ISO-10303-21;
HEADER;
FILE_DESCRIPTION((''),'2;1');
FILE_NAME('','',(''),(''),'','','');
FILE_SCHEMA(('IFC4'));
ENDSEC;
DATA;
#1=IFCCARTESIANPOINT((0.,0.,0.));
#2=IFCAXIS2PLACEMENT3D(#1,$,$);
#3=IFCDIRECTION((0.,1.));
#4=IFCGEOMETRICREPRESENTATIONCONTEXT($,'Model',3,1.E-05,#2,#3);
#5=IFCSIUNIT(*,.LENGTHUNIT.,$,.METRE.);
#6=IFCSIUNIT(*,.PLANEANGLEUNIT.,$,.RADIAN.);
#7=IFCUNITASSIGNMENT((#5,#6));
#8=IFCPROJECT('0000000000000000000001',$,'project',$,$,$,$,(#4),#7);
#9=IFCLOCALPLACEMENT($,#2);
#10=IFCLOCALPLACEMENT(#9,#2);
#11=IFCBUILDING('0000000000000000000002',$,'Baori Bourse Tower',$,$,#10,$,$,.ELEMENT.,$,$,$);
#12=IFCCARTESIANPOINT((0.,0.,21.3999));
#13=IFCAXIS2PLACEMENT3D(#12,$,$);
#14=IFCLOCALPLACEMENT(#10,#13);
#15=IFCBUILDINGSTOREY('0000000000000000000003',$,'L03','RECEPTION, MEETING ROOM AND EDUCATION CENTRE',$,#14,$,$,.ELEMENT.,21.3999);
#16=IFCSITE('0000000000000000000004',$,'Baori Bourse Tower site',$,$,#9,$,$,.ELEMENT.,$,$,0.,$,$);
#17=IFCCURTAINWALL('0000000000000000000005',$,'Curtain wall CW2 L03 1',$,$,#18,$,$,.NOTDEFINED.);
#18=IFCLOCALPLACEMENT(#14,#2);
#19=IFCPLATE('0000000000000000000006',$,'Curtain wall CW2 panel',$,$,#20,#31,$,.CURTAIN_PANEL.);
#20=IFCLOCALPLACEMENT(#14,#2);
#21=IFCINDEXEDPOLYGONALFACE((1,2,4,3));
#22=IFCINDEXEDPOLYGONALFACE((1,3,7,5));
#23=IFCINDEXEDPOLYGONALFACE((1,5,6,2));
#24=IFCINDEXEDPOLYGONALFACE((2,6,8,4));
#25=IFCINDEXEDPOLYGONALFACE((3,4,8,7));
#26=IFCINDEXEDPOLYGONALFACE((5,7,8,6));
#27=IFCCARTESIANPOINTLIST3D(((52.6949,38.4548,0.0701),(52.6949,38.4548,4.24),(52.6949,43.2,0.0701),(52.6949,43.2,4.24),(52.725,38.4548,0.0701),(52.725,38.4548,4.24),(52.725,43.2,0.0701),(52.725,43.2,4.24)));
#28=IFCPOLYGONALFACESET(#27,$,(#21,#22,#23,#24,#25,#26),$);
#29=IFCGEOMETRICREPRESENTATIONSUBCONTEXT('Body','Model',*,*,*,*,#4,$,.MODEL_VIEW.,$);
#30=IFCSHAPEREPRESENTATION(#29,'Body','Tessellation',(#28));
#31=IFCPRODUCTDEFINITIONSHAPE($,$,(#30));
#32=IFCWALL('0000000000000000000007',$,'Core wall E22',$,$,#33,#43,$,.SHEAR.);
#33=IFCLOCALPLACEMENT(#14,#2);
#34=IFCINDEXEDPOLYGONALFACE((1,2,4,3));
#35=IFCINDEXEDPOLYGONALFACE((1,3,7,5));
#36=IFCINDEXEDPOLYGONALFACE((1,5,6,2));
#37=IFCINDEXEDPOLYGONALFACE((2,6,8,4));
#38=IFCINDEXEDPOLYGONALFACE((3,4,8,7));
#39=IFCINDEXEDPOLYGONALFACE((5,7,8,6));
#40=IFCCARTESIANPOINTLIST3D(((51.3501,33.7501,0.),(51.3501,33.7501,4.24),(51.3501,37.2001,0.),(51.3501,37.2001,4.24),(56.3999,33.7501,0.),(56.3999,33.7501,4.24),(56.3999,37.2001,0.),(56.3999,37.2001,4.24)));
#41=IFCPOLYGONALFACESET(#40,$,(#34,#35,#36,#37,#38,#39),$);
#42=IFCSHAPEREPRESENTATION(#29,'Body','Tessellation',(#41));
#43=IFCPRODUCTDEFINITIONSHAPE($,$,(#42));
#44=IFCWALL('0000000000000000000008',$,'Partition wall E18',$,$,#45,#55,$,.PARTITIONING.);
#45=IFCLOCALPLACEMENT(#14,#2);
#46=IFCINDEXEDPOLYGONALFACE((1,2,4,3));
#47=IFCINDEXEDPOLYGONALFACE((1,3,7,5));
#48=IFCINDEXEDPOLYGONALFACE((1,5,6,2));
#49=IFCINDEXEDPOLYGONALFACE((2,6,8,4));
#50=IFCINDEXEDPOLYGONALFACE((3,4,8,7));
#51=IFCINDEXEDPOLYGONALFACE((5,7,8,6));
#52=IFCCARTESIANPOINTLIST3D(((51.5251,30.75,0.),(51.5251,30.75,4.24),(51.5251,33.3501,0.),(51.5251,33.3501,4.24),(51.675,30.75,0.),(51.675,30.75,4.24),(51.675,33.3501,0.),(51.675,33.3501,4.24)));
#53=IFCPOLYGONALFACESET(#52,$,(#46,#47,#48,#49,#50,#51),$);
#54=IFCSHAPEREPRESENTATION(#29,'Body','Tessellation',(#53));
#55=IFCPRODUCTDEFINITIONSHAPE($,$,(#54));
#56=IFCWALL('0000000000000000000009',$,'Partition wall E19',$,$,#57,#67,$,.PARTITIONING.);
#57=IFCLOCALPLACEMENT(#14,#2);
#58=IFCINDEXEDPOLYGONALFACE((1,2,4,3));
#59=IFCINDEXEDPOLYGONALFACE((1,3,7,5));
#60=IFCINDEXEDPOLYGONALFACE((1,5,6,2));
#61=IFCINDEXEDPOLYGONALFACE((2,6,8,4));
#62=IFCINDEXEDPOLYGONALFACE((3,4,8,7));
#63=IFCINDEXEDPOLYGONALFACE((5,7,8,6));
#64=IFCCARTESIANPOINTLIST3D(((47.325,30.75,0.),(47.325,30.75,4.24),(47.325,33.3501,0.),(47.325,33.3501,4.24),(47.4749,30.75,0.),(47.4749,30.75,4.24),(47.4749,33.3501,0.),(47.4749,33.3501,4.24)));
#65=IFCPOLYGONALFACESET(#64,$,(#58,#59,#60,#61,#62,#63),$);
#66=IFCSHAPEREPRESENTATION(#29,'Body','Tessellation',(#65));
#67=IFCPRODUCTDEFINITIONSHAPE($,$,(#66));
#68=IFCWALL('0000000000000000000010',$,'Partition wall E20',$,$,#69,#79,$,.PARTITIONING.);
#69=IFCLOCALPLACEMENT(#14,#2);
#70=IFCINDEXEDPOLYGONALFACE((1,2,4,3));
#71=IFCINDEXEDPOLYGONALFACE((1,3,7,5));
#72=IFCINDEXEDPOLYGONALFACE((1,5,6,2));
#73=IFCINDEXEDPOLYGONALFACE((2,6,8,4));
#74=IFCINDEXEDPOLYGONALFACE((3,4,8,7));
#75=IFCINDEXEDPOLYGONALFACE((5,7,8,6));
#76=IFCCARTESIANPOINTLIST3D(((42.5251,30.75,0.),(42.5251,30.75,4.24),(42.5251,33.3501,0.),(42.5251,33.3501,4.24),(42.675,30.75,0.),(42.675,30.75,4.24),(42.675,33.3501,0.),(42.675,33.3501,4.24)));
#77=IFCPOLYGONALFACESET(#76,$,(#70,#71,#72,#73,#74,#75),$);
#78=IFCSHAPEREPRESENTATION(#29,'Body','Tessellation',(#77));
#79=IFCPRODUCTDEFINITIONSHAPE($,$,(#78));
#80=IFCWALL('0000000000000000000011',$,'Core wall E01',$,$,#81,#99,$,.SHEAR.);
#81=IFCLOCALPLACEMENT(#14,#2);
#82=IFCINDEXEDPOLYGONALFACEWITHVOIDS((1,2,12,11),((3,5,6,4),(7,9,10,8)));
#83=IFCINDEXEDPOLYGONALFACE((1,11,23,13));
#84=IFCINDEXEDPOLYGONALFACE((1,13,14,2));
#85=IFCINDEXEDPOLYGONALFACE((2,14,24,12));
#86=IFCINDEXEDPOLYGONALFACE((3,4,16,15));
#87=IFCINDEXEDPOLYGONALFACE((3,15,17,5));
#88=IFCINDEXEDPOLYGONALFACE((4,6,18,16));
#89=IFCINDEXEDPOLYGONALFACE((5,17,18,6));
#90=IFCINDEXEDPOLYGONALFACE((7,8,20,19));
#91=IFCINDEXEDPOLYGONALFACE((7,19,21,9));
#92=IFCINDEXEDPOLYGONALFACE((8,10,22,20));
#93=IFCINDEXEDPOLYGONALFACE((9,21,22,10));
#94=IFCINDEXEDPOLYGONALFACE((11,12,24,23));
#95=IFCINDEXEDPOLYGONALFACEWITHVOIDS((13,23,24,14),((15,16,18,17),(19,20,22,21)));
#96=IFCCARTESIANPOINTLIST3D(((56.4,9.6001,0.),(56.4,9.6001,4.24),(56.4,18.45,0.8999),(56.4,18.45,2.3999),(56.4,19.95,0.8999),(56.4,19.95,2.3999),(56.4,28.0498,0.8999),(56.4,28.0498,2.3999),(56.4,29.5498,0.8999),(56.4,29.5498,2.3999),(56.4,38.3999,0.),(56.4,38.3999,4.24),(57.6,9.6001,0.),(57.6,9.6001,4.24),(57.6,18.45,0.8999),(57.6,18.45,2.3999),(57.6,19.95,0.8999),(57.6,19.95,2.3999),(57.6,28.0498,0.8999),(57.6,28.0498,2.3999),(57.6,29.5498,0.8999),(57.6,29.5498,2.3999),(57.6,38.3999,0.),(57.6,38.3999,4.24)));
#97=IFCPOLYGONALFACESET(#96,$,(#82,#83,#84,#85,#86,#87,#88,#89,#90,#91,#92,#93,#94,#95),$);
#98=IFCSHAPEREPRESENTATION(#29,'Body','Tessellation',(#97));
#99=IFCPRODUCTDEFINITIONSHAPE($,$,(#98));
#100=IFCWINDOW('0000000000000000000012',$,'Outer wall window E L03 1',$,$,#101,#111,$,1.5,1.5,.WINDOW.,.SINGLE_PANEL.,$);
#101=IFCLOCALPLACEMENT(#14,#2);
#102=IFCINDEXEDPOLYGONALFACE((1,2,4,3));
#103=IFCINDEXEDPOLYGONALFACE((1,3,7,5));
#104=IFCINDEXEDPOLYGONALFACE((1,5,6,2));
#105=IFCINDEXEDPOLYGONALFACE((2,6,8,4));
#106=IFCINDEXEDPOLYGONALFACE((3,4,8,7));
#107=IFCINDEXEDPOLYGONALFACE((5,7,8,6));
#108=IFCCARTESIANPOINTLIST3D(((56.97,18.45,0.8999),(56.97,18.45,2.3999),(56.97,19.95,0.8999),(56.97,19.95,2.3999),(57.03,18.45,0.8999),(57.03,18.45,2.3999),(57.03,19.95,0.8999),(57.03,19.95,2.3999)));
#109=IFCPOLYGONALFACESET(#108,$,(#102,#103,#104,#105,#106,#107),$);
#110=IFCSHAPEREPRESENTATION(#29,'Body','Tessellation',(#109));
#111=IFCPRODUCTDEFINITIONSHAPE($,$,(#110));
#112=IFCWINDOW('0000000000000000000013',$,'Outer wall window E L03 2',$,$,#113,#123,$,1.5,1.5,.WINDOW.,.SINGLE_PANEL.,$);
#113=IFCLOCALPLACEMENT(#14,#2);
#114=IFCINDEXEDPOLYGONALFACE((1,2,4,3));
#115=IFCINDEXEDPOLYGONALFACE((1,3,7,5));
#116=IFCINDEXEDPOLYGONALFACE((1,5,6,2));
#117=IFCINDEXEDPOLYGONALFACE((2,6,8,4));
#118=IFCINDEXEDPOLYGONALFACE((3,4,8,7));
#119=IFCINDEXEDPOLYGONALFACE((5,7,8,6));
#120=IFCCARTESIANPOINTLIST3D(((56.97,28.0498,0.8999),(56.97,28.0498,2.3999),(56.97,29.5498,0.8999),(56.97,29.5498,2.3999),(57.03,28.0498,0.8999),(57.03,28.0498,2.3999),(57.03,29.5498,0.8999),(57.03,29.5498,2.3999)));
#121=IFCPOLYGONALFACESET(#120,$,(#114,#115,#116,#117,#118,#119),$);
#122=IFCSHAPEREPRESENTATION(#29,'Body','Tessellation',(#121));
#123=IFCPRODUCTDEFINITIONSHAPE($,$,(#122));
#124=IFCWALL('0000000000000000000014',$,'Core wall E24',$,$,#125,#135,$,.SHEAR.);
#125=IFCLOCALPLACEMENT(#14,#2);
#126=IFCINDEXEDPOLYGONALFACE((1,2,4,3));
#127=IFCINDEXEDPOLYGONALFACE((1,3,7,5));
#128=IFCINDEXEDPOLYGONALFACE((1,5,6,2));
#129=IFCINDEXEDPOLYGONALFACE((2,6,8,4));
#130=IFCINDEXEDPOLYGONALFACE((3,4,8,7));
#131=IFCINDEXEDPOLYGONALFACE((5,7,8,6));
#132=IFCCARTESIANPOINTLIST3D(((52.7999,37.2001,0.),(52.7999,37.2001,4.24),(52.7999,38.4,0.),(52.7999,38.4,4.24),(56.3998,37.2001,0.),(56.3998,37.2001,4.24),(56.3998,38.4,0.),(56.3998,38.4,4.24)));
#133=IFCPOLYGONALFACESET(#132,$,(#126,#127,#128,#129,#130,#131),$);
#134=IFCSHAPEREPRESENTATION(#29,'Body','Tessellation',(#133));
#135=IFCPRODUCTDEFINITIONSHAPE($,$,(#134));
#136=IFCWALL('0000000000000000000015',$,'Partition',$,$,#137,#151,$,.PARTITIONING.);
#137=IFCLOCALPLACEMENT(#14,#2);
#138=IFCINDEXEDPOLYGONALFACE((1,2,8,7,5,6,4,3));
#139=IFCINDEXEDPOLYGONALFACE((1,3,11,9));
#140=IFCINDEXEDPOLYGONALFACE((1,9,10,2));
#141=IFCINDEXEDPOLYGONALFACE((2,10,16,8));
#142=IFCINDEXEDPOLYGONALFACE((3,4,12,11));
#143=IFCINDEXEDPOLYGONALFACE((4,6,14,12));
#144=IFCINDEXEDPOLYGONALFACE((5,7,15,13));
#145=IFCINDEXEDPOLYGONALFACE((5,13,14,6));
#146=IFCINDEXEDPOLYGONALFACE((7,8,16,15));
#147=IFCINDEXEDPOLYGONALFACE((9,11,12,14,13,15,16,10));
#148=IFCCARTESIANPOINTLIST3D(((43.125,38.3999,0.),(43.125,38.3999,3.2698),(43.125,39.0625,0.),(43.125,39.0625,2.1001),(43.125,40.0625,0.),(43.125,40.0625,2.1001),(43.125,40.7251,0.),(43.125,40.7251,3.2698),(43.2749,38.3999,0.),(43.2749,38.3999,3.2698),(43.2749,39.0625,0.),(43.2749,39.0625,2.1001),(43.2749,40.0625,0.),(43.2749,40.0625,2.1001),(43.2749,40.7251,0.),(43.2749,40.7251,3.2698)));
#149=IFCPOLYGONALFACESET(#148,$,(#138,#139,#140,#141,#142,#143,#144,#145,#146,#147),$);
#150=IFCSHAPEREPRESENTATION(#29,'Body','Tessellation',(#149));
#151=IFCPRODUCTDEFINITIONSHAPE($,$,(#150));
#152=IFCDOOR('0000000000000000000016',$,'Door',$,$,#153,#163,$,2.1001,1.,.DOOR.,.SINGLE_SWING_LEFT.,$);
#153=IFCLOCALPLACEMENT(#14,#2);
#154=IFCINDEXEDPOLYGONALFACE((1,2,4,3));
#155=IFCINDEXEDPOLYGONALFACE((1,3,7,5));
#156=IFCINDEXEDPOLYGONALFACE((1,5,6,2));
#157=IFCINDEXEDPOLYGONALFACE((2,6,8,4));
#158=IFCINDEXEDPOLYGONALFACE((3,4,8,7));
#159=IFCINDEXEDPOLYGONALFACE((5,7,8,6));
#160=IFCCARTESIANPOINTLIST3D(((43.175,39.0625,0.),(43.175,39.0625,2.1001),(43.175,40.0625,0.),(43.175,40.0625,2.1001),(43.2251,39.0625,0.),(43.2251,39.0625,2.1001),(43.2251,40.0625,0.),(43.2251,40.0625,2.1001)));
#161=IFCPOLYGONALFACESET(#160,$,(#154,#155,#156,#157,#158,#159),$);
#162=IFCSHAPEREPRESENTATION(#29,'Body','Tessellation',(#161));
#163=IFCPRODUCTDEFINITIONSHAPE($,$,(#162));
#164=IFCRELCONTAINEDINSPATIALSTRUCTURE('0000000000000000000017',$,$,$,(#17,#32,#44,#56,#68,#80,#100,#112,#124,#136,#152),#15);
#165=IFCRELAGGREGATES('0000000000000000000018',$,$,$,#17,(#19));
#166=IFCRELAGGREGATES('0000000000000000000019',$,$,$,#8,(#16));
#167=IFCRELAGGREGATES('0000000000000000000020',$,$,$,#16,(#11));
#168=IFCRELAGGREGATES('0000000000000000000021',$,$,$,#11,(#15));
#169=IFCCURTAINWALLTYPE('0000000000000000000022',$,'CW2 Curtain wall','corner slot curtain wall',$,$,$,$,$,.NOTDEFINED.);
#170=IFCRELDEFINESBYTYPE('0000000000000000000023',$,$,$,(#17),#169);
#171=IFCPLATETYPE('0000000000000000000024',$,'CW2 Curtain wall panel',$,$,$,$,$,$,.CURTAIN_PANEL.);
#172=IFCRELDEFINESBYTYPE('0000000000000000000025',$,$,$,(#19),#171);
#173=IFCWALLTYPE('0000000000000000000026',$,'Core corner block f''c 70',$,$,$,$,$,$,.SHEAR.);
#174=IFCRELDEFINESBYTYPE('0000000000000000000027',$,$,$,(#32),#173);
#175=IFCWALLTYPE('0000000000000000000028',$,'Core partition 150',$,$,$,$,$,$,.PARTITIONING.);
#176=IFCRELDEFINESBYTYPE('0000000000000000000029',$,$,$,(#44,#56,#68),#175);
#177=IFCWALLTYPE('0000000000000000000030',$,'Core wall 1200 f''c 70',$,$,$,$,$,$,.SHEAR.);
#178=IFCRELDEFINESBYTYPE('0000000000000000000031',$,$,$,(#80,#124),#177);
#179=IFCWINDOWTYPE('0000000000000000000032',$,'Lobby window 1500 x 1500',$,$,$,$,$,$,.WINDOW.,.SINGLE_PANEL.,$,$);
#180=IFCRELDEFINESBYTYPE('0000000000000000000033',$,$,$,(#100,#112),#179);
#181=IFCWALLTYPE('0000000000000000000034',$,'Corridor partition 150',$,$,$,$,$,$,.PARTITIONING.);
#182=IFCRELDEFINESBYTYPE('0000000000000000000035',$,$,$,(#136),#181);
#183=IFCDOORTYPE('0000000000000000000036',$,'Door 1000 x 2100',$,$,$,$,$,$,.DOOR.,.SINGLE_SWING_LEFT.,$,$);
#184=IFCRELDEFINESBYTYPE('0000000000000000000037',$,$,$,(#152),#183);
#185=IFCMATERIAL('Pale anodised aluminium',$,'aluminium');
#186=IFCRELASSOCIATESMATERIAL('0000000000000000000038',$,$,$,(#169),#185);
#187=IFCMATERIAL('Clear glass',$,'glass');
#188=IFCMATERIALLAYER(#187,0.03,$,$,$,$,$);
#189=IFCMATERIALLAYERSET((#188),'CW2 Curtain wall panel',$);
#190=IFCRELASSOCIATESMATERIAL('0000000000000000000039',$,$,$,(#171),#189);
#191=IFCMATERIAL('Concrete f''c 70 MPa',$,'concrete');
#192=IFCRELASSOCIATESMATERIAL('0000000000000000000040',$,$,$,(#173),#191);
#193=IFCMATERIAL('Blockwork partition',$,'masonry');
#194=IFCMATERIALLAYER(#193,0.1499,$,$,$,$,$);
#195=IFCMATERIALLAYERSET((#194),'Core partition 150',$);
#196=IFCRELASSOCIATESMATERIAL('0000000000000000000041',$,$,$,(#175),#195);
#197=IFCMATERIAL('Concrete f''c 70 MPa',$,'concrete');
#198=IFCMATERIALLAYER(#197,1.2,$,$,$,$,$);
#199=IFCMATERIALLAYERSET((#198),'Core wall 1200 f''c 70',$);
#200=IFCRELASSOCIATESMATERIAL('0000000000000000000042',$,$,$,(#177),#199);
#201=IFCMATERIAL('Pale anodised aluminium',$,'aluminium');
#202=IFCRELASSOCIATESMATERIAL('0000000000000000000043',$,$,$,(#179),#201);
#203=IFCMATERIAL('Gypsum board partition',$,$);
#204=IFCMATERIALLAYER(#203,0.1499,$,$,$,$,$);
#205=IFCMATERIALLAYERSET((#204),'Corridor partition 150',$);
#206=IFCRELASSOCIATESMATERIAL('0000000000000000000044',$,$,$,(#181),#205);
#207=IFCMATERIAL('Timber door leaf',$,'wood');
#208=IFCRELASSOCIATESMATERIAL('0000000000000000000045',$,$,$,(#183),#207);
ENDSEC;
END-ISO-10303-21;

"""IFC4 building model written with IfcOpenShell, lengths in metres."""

from ifc_helpers import new_model, si_unit, direction, frame, frame_2d, origin, origin_2d, place, context, subcontext, project, spatial, rectangle, extrude, material, layer, layer_set, type_object, element, fill, aggregate, save


model = new_model("IFC4")

# Units and contexts
model_context = context("Model", 3, precision=1e-05, world=origin(), true_north=direction((0.0, 1.0)))
body_context = subcontext(model_context, "Body", "Model", "MODEL_VIEW")
ifc_project = project(units=[si_unit("LENGTHUNIT", "METRE"), si_unit("PLANEANGLEUNIT", "RADIAN")], contexts=[model_context])

# Site, building, storey
site_placement = place(None, origin())
site = spatial("IfcSite", under=ifc_project, at=site_placement, Name="Baori Bourse Tower site", CompositionType="ELEMENT", RefElevation=0.0)
building_placement = place(site_placement, origin())
building = spatial("IfcBuilding", under=site, at=building_placement, Name="Baori Bourse Tower", CompositionType="ELEMENT")
storey_placement = place(building_placement, frame((0.0, 0.0, 21.3999)))
storey = spatial("IfcBuildingStorey", under=building, at=storey_placement, Name="L03", Description="RECEPTION, MEETING ROOM AND EDUCATION CENTRE", CompositionType="ELEMENT", Elevation=21.3999)

# Curtain wall
ifc_material_1 = material(Name="Pale anodised aluminium", Category="aluminium")
curtain_wall_type = type_object("IfcCurtainWallType", Name="CW2 Curtain wall", Description="corner slot curtain wall", PredefinedType="NOTDEFINED", material=ifc_material_1)
curtain_wall_placement = place(storey_placement, origin())
curtain_wall = element("IfcCurtainWall", 1, at=curtain_wall_placement, inside=storey, type_object=curtain_wall_type, Name="Curtain wall CW2 L03 1", PredefinedType="NOTDEFINED")

# Plate
ifc_material_2 = material(Name="Clear glass", Category="glass")
ifc_layer_1 = layer(ifc_material_2, 0.03)
ifc_layer_set_1 = layer_set([ifc_layer_1], Name="CW2 Curtain wall panel")
plate_type = type_object("IfcPlateType", Name="CW2 Curtain wall panel", PredefinedType="CURTAIN_PANEL", material=ifc_layer_set_1)
plate_placement = place(storey_placement, frame((52.71, 40.8274, 0.0701), z_axis=(0.0, 0.0, 1.0), x_axis=(0.0, 1.0, 0.0)))
plate = element("IfcPlate", 2, at=plate_placement, type_object=plate_type, Name="Curtain wall CW2 panel", PredefinedType="CURTAIN_PANEL", context=body_context, shape_type="SweptSolid", body=[
    extrude(rectangle(XDim=4.7451, YDim=0.03, at=origin_2d()), origin(), (0.0, 0.0, 1.0), 4.1699),
])
aggregate(curtain_wall, [plate])

# Walls
ifc_material_3 = material(Name="Concrete f'c 70 MPa", Category="concrete")
wall_type_1 = type_object("IfcWallType", Name="Core corner block f'c 70", PredefinedType="SHEAR", material=ifc_material_3)
wall_1_placement = place(storey_placement, frame((51.3501, 35.4751, 0.0), z_axis=(0.0, 0.0, 1.0), x_axis=(1.0, 0.0, 0.0)))
element("IfcWall", 3, at=wall_1_placement, inside=storey, type_object=wall_type_1, Name="Core wall E22", PredefinedType="SHEAR", context=body_context, shape_type="SweptSolid", body=[
    extrude(rectangle(XDim=5.0498, YDim=3.45, at=frame_2d((2.5249, 0.0))), origin(), (0.0, 0.0, 1.0), 4.24),
])
ifc_material_4 = material(Name="Blockwork partition", Category="masonry")
ifc_layer_2 = layer(ifc_material_4, 0.1499)
ifc_layer_set_2 = layer_set([ifc_layer_2], Name="Core partition 150")
wall_type_2 = type_object("IfcWallType", Name="Core partition 150", PredefinedType="PARTITIONING", material=ifc_layer_set_2)
for number, where, z_axis, x_axis, name in (
    (4, (51.6001, 30.75, 0.0), (0.0, 0.0, 1.0), (0.0, 1.0, 0.0), "Partition wall E18"),
    (5, (47.3999, 30.75, 0.0), (0.0, 0.0, 1.0), (0.0, 1.0, 0.0), "Partition wall E19"),
    (6, (42.6001, 30.75, 0.0), (0.0, 0.0, 1.0), (0.0, 1.0, 0.0), "Partition wall E20"),
):
    element("IfcWall", number, at=place(storey_placement, frame(where, z_axis=z_axis, x_axis=x_axis)), inside=storey, type_object=wall_type_2, Name=name, PredefinedType="PARTITIONING", context=body_context, shape_type="SweptSolid", body=[
        extrude(rectangle(XDim=2.6001, YDim=0.1499, at=frame_2d((1.3, 0.0))), origin(), (0.0, 0.0, 1.0), 4.24),
    ])

# Wall, openings, windows
ifc_material_5 = material(Name="Concrete f'c 70 MPa", Category="concrete")
ifc_layer_3 = layer(ifc_material_5, 1.2)
ifc_layer_set_3 = layer_set([ifc_layer_3], Name="Core wall 1200 f'c 70")
wall_type_3 = type_object("IfcWallType", Name="Core wall 1200 f'c 70", PredefinedType="SHEAR", material=ifc_layer_set_3)
wall_2_placement = place(storey_placement, frame((57.0, 38.3999, 0.0), z_axis=(0.0, 0.0, 1.0), x_axis=(0.0, -1.0, 0.0)))
wall_2 = element("IfcWall", 7, at=wall_2_placement, inside=storey, type_object=wall_type_3, Name="Core wall E01", PredefinedType="SHEAR", context=body_context, shape_type="SweptSolid", body=[
    extrude(rectangle(XDim=28.7998, YDim=1.2, at=frame_2d((14.3999, 0.0))), origin(), (0.0, 0.0, 1.0), 4.24),
])
opening_1_placement = place(wall_2_placement, frame((18.45, 0.0, 0.8999)))
opening_1 = element("IfcOpeningElement", 8, at=opening_1_placement, cuts=wall_2, PredefinedType="OPENING", context=body_context, shape_type="SweptSolid", body=[
    extrude(rectangle(XDim=1.5, YDim=1.5, at=frame_2d((0.75, 0.75))), frame((0.0, 0.6099, 0.0), z_axis=(0.0, -1.0, 0.0), x_axis=(1.0, 0.0, 0.0)), (0.0, 0.0, 1.0), 1.22),
])
opening_2_placement = place(wall_2_placement, frame((8.8501, 0.0, 0.8999)))
opening_2 = element("IfcOpeningElement", 9, at=opening_2_placement, cuts=wall_2, PredefinedType="OPENING", context=body_context, shape_type="SweptSolid", body=[
    extrude(rectangle(XDim=1.5, YDim=1.5, at=frame_2d((0.75, 0.75))), frame((0.0, 0.6099, 0.0), z_axis=(0.0, -1.0, 0.0), x_axis=(1.0, 0.0, 0.0)), (0.0, 0.0, 1.0), 1.22),
])
ifc_material_6 = material(Name="Pale anodised aluminium", Category="aluminium")
window_type = type_object("IfcWindowType", Name="Lobby window 1500 x 1500", PartitioningType="SINGLE_PANEL", PredefinedType="WINDOW", material=ifc_material_6)
window_1_placement = place(opening_1_placement, origin())
window_1 = element("IfcWindow", 10, at=window_1_placement, inside=storey, type_object=window_type, Name="Outer wall window E L03 1", OverallHeight=1.5, OverallWidth=1.5, PartitioningType="SINGLE_PANEL", PredefinedType="WINDOW", context=body_context, shape_type="SweptSolid", body=[
    extrude(rectangle(XDim=1.5, YDim=1.5, at=frame_2d((0.75, 0.75))), frame((0.0, 0.03, 0.0), z_axis=(0.0, -1.0, 0.0), x_axis=(1.0, 0.0, 0.0)), (0.0, 0.0, 1.0), 0.0601),
])
fill(opening_1, window_1)
window_2_placement = place(opening_2_placement, origin())
window_2 = element("IfcWindow", 11, at=window_2_placement, inside=storey, type_object=window_type, Name="Outer wall window E L03 2", OverallHeight=1.5, OverallWidth=1.5, PartitioningType="SINGLE_PANEL", PredefinedType="WINDOW", context=body_context, shape_type="SweptSolid", body=[
    extrude(rectangle(XDim=1.5, YDim=1.5, at=frame_2d((0.75, 0.75))), frame((0.0, 0.03, 0.0), z_axis=(0.0, -1.0, 0.0), x_axis=(1.0, 0.0, 0.0)), (0.0, 0.0, 1.0), 0.0601),
])
fill(opening_2, window_2)

# Wall
wall_3_placement = place(storey_placement, frame((52.8, 37.8, 0.0), z_axis=(0.0, 0.0, 1.0), x_axis=(1.0, 0.0, 0.0)))
element("IfcWall", 12, at=wall_3_placement, inside=storey, type_object=wall_type_3, Name="Core wall E24", PredefinedType="SHEAR", context=body_context, shape_type="SweptSolid", body=[
    extrude(rectangle(XDim=3.5999, YDim=1.2, at=frame_2d((1.7998, 0.0))), origin(), (0.0, 0.0, 1.0), 4.24),
])

# Wall, opening, door
ifc_material_7 = material(Name="Gypsum board partition")
ifc_layer_4 = layer(ifc_material_7, 0.1499)
ifc_layer_set_4 = layer_set([ifc_layer_4], Name="Corridor partition 150")
wall_type_4 = type_object("IfcWallType", Name="Corridor partition 150", PredefinedType="PARTITIONING", material=ifc_layer_set_4)
wall_4_placement = place(storey_placement, frame((43.2, 38.3999, 0.0), z_axis=(0.0, 0.0, 1.0), x_axis=(0.0, 1.0, 0.0)))
wall_4 = element("IfcWall", 13, at=wall_4_placement, inside=storey, type_object=wall_type_4, Name="Partition", PredefinedType="PARTITIONING", context=body_context, shape_type="SweptSolid", body=[
    extrude(rectangle(XDim=2.3252, YDim=0.1499, at=frame_2d((1.1626, 0.0))), origin(), (0.0, 0.0, 1.0), 3.2698),
])
opening_3_placement = place(wall_4_placement, frame((0.6626, 0.0, 0.0)))
opening_3 = element("IfcOpeningElement", 14, at=opening_3_placement, cuts=wall_4, PredefinedType="OPENING", context=body_context, shape_type="SweptSolid", body=[
    extrude(rectangle(XDim=1.0, YDim=2.1001, at=frame_2d((0.5, 1.05))), frame((0.0, 0.085, 0.0), z_axis=(0.0, -1.0, 0.0), x_axis=(1.0, 0.0, 0.0)), (0.0, 0.0, 1.0), 0.1699),
])
ifc_material_8 = material(Name="Timber door leaf", Category="wood")
door_type_1 = type_object("IfcDoorType", Name="Door 1000 x 2100", OperationType="SINGLE_SWING_LEFT", PredefinedType="DOOR", material=ifc_material_8)
door_1_placement = place(opening_3_placement, origin())
door_1 = element("IfcDoor", 15, at=door_1_placement, inside=storey, type_object=door_type_1, Name="Door", OperationType="SINGLE_SWING_LEFT", OverallHeight=2.1001, OverallWidth=1.0, PredefinedType="DOOR", context=body_context, shape_type="SweptSolid", body=[
    extrude(rectangle(XDim=1.0, YDim=2.1001, at=frame_2d((0.5, 1.05))), frame((0.0, 0.0249, 0.0), z_axis=(0.0, -1.0, 0.0), x_axis=(1.0, 0.0, 0.0)), (0.0, 0.0, 1.0), 0.05),
])
fill(opening_3, door_1)

save(model, "model.ifc")
